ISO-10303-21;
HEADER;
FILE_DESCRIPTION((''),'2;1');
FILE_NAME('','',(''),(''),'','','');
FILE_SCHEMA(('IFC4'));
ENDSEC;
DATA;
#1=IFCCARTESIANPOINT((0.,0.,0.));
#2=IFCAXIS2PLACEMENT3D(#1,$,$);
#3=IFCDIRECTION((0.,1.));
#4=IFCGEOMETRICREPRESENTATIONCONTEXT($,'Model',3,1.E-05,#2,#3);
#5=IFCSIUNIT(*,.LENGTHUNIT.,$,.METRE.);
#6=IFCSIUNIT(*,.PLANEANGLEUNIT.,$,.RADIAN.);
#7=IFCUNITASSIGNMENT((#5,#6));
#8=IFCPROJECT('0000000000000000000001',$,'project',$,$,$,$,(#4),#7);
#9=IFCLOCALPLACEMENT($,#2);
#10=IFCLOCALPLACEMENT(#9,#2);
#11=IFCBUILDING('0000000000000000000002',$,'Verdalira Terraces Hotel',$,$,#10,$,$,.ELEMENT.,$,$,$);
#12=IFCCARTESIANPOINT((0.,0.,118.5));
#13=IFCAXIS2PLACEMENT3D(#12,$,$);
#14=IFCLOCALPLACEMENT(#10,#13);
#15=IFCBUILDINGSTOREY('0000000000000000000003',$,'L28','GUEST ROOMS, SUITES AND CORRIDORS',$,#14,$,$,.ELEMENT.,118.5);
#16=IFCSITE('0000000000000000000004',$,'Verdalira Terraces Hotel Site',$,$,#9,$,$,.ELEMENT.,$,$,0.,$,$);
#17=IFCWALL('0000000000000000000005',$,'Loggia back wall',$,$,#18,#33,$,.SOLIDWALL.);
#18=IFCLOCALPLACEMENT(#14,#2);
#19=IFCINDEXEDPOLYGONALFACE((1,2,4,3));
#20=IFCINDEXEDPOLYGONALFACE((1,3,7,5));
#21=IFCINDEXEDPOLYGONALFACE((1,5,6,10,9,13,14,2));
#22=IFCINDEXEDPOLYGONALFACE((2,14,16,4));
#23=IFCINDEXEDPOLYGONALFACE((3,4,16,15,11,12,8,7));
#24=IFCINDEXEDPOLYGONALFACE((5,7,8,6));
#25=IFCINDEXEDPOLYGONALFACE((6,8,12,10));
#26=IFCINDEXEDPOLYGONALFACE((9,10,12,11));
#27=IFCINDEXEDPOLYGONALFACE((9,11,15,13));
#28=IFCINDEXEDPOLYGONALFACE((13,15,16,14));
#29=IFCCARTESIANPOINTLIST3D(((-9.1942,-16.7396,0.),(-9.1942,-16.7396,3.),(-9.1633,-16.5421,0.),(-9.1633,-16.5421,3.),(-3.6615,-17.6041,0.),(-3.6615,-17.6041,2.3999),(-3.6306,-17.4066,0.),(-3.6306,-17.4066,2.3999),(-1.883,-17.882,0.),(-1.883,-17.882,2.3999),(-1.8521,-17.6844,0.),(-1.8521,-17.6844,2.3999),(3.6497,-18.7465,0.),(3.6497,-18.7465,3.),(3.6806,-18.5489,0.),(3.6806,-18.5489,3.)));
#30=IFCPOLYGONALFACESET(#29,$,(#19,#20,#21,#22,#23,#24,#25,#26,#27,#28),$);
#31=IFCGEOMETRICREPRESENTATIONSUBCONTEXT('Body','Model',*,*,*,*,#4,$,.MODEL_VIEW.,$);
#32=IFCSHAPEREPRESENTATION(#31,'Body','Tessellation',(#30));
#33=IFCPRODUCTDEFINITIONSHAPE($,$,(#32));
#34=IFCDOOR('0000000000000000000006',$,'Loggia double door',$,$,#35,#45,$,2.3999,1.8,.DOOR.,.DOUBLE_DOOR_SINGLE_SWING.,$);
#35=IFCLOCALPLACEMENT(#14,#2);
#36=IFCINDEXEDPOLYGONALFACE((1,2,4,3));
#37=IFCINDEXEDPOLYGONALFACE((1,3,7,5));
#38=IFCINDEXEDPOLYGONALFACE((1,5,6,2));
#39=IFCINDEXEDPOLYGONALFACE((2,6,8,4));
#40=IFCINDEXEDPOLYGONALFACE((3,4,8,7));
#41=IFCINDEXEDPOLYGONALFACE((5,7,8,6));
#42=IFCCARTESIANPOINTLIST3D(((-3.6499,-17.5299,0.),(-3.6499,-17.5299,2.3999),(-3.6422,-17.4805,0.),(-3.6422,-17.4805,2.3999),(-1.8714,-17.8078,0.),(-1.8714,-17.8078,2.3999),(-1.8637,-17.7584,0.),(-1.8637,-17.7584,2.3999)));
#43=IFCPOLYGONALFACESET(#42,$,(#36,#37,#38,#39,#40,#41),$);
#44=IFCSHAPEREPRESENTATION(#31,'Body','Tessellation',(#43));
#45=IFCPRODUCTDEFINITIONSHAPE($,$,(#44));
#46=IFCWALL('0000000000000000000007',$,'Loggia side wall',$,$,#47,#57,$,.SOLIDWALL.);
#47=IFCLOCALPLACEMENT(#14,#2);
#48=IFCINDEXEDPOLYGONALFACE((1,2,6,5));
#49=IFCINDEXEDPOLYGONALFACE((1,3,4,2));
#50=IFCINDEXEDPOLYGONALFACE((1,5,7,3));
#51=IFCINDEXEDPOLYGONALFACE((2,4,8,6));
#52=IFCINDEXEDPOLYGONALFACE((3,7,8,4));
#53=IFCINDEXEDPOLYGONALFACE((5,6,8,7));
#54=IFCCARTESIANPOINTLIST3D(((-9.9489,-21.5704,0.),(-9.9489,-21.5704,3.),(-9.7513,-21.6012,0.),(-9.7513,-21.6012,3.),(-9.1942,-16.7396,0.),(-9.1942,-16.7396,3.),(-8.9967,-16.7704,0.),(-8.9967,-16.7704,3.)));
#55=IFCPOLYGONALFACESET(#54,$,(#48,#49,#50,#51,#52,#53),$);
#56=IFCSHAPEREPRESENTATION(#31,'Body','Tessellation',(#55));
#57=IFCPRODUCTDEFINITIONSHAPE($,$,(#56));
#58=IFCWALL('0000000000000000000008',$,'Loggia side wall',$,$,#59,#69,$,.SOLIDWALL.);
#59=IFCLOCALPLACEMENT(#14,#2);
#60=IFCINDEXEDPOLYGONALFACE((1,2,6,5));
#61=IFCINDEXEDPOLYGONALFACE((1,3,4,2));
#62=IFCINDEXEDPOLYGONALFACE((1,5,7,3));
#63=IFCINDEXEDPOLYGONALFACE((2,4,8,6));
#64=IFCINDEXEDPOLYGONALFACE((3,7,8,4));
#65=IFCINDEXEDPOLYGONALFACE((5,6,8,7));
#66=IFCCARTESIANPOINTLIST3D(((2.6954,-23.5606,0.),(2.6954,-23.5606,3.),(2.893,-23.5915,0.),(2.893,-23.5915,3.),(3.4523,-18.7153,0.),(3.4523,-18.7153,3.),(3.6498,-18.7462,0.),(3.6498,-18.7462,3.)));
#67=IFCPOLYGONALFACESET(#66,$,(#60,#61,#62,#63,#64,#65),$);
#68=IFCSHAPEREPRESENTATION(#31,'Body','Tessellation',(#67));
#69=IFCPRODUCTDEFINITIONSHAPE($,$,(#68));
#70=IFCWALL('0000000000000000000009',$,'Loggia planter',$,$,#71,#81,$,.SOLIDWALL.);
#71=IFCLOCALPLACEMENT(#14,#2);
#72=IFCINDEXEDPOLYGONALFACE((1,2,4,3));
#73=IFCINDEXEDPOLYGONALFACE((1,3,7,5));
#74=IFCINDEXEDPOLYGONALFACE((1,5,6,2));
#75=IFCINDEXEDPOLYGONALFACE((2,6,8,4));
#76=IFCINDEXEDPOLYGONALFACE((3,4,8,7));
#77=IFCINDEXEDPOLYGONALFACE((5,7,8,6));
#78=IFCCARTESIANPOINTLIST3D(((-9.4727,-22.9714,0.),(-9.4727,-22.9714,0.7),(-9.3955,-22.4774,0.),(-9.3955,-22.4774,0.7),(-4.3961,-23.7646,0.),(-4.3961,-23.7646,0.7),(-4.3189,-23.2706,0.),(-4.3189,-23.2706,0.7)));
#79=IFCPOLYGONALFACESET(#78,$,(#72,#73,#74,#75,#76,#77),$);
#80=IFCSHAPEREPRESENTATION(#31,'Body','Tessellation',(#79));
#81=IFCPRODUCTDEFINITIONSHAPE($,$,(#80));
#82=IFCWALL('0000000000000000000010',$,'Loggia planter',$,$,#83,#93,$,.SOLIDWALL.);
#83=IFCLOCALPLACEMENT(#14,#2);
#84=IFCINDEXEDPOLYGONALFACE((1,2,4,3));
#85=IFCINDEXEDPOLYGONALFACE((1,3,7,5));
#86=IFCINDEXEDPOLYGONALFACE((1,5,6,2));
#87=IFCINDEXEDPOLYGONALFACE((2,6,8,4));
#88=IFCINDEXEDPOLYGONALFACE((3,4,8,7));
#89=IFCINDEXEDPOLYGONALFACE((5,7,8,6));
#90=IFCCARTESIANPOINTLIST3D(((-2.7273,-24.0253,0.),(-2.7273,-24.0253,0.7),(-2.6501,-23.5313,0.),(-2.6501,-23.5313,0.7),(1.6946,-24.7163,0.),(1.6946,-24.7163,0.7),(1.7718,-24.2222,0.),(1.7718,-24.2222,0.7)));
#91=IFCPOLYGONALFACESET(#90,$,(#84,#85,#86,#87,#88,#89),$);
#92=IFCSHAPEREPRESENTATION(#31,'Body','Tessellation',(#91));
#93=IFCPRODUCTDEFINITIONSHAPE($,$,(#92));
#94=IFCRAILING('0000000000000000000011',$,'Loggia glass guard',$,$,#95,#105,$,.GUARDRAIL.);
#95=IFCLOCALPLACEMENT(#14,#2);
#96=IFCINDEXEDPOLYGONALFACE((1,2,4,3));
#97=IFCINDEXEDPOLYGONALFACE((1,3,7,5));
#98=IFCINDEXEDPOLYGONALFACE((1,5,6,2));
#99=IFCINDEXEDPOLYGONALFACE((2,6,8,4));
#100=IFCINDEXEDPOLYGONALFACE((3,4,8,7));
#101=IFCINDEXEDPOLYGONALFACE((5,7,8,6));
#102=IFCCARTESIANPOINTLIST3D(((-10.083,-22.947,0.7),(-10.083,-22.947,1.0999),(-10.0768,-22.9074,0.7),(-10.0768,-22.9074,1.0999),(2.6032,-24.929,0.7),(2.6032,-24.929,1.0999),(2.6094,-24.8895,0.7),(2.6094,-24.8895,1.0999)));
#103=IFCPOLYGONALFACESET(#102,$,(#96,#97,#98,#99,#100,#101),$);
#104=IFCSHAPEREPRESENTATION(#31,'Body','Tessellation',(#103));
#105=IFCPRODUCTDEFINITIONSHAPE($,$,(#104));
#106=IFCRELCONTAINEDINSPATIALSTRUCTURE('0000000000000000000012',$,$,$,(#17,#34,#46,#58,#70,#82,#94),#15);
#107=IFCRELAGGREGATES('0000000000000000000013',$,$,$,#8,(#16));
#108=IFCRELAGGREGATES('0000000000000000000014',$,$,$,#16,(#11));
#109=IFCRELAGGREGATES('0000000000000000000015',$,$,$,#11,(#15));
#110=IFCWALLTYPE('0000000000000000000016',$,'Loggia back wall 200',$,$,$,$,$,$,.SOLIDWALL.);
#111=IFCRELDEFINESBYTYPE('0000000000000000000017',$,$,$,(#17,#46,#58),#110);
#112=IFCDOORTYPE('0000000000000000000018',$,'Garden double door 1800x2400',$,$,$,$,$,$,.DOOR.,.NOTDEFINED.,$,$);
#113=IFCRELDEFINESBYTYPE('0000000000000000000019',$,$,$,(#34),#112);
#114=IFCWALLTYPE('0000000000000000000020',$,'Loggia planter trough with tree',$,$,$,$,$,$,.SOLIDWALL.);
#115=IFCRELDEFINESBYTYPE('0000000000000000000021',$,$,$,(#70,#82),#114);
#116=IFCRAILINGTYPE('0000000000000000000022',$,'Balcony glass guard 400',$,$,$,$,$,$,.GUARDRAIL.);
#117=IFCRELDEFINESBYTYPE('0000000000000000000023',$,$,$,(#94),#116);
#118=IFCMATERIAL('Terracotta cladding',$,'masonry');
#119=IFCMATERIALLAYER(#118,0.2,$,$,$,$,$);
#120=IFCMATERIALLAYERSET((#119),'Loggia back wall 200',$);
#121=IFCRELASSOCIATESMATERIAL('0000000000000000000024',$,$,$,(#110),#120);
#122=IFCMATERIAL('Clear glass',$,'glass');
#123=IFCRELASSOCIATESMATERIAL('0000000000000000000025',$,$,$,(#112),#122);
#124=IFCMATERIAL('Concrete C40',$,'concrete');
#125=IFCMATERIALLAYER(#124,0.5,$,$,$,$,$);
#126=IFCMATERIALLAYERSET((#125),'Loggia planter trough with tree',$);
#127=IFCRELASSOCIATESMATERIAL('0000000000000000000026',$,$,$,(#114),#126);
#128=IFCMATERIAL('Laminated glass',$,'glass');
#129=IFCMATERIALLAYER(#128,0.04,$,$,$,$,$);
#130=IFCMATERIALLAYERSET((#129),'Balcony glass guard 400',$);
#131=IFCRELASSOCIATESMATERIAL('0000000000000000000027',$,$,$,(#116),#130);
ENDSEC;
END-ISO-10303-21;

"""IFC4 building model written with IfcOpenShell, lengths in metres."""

from ifc_helpers import new_model, si_unit, direction, frame, frame_2d, origin, origin_2d, place, context, subcontext, project, spatial, rectangle, extrude, material, layer, layer_set, type_object, element, fill, save


model = new_model("IFC4")

# Units and contexts
model_context = context("Model", 3, precision=1e-05, world=origin(), true_north=direction((0.0, 1.0)))
body_context = subcontext(model_context, "Body", "Model", "MODEL_VIEW")
ifc_project = project(units=[si_unit("LENGTHUNIT", "METRE"), si_unit("PLANEANGLEUNIT", "RADIAN")], contexts=[model_context])

# Site, building, storey
site_placement = place(None, origin())
site = spatial("IfcSite", under=ifc_project, at=site_placement, Name="Verdalira Terraces Hotel Site", CompositionType="ELEMENT", RefElevation=0.0)
building_placement = place(site_placement, origin())
building = spatial("IfcBuilding", under=site, at=building_placement, Name="Verdalira Terraces Hotel", CompositionType="ELEMENT")
storey_placement = place(building_placement, frame((0.0, 0.0, 118.5)))
storey = spatial("IfcBuildingStorey", under=building, at=storey_placement, Name="L28", Description="GUEST ROOMS, SUITES AND CORRIDORS", CompositionType="ELEMENT", Elevation=118.5)

# Wall, opening, door
ifc_material_1 = material(Name="Terracotta cladding", Category="masonry")
ifc_layer_1 = layer(ifc_material_1, 0.2)
ifc_layer_set_1 = layer_set([ifc_layer_1], Name="Loggia back wall 200")
wall_type_1 = type_object("IfcWallType", Name="Loggia back wall 200", PredefinedType="SOLIDWALL", material=ifc_layer_set_1)
wall_1_placement = place(storey_placement, frame((3.6653, -18.6477, 0.0), z_axis=(0.0, 0.0, 1.0), x_axis=(-0.988012, 0.154374, 0.0)))
wall_1 = element("IfcWall", 1, at=wall_1_placement, inside=storey, type_object=wall_type_1, Name="Loggia back wall", PredefinedType="SOLIDWALL", context=body_context, shape_type="SweptSolid", body=[
    extrude(rectangle(XDim=12.9998, YDim=0.2, at=frame_2d((6.5, 0.0))), origin(), (0.0, 0.0, 1.0), 3.0),
])
opening_1_placement = place(wall_1_placement, frame((5.6001, 0.0, 0.0)))
opening_1 = element("IfcOpeningElement", 2, at=opening_1_placement, cuts=wall_1, PredefinedType="OPENING", context=body_context, shape_type="SweptSolid", body=[
    extrude(rectangle(XDim=1.8, YDim=2.3999, at=frame_2d((0.8999, 1.2))), frame((0.0, 0.1099, 0.0), z_axis=(0.0, -1.0, 0.0), x_axis=(1.0, 0.0, 0.0)), (0.0, 0.0, 1.0), 0.22),
])
ifc_material_2 = material(Name="Clear glass", Category="glass")
door_type_1 = type_object("IfcDoorType", Name="Garden double door 1800x2400", OperationType="NOTDEFINED", PredefinedType="DOOR", material=ifc_material_2)
door_1_placement = place(opening_1_placement, origin())
door_1 = element("IfcDoor", 3, at=door_1_placement, inside=storey, type_object=door_type_1, Name="Loggia double door", OperationType="DOUBLE_DOOR_SINGLE_SWING", OverallHeight=2.3999, OverallWidth=1.8, PredefinedType="DOOR", context=body_context, shape_type="SweptSolid", body=[
    extrude(rectangle(XDim=1.8, YDim=2.3999, at=frame_2d((0.8999, 1.2))), frame((0.0, 0.0249, 0.0), z_axis=(0.0, -1.0, 0.0), x_axis=(1.0, 0.0, 0.0)), (0.0, 0.0, 1.0), 0.05),
])
fill(opening_1, door_1)

# Walls
wall_2_placement = place(storey_placement, frame((-9.8501, -21.5859, 0.0), z_axis=(0.0, 0.0, 1.0), x_axis=(0.154342, 0.988018, 0.0)))
element("IfcWall", 4, at=wall_2_placement, inside=storey, type_object=wall_type_1, Name="Loggia side wall", PredefinedType="SOLIDWALL", context=body_context, shape_type="SweptSolid", body=[
    extrude(rectangle(XDim=4.8894, YDim=0.2, at=frame_2d((2.4448, 0.0))), origin(), (0.0, 0.0, 1.0), 3.0),
])
wall_3_placement = place(storey_placement, frame((2.7942, -23.5762, 0.0), z_axis=(0.0, 0.0, 1.0), x_axis=(0.154331, 0.988019, 0.0)))
element("IfcWall", 5, at=wall_3_placement, inside=storey, type_object=wall_type_1, Name="Loggia side wall", PredefinedType="SOLIDWALL", context=body_context, shape_type="SweptSolid", body=[
    extrude(rectangle(XDim=4.9041, YDim=0.2, at=frame_2d((2.4521, 0.0))), origin(), (0.0, 0.0, 1.0), 3.0),
])
ifc_material_3 = material(Name="Concrete C40", Category="concrete")
ifc_layer_2 = layer(ifc_material_3, 0.5)
ifc_layer_set_2 = layer_set([ifc_layer_2], Name="Loggia planter trough with tree")
wall_type_2 = type_object("IfcWallType", Name="Loggia planter trough with tree", PredefinedType="SOLIDWALL", material=ifc_layer_set_2)
wall_4_placement = place(storey_placement, frame((-9.4341, -22.7244, 0.0), z_axis=(0.0, 0.0, 1.0), x_axis=(0.988012, -0.154374, 0.0)))
element("IfcWall", 6, at=wall_4_placement, inside=storey, type_object=wall_type_2, Name="Loggia planter", PredefinedType="SOLIDWALL", context=body_context, shape_type="SweptSolid", body=[
    extrude(rectangle(XDim=5.1382, YDim=0.5, at=frame_2d((2.5691, 0.0))), origin(), (0.0, 0.0, 1.0), 0.7),
])
wall_5_placement = place(storey_placement, frame((-2.6887, -23.7783, 0.0), z_axis=(0.0, 0.0, 1.0), x_axis=(0.988012, -0.154377, 0.0)))
element("IfcWall", 7, at=wall_5_placement, inside=storey, type_object=wall_type_2, Name="Loggia planter", PredefinedType="SOLIDWALL", context=body_context, shape_type="SweptSolid", body=[
    extrude(rectangle(XDim=4.4756, YDim=0.5, at=frame_2d((2.2378, 0.0))), origin(), (0.0, 0.0, 1.0), 0.7),
])

# Railing
ifc_material_4 = material(Name="Laminated glass", Category="glass")
ifc_layer_3 = layer(ifc_material_4, 0.04)
ifc_layer_set_3 = layer_set([ifc_layer_3], Name="Balcony glass guard 400")
railing_type_1 = type_object("IfcRailingType", Name="Balcony glass guard 400", PredefinedType="GUARDRAIL", material=ifc_layer_set_3)
railing_1_placement = place(storey_placement, frame((-3.7368, -23.9182, 0.7), z_axis=(0.0, 0.0, 1.0), x_axis=(0.988014, -0.154366, 0.0)))
element("IfcRailing", 8, at=railing_1_placement, inside=storey, type_object=railing_type_1, Name="Loggia glass guard", PredefinedType="GUARDRAIL", context=body_context, shape_type="SweptSolid", body=[
    extrude(rectangle(XDim=12.8401, YDim=0.04, at=origin_2d()), origin(), (0.0, 0.0, 1.0), 0.3999),
])

save(model, "model.ifc")
